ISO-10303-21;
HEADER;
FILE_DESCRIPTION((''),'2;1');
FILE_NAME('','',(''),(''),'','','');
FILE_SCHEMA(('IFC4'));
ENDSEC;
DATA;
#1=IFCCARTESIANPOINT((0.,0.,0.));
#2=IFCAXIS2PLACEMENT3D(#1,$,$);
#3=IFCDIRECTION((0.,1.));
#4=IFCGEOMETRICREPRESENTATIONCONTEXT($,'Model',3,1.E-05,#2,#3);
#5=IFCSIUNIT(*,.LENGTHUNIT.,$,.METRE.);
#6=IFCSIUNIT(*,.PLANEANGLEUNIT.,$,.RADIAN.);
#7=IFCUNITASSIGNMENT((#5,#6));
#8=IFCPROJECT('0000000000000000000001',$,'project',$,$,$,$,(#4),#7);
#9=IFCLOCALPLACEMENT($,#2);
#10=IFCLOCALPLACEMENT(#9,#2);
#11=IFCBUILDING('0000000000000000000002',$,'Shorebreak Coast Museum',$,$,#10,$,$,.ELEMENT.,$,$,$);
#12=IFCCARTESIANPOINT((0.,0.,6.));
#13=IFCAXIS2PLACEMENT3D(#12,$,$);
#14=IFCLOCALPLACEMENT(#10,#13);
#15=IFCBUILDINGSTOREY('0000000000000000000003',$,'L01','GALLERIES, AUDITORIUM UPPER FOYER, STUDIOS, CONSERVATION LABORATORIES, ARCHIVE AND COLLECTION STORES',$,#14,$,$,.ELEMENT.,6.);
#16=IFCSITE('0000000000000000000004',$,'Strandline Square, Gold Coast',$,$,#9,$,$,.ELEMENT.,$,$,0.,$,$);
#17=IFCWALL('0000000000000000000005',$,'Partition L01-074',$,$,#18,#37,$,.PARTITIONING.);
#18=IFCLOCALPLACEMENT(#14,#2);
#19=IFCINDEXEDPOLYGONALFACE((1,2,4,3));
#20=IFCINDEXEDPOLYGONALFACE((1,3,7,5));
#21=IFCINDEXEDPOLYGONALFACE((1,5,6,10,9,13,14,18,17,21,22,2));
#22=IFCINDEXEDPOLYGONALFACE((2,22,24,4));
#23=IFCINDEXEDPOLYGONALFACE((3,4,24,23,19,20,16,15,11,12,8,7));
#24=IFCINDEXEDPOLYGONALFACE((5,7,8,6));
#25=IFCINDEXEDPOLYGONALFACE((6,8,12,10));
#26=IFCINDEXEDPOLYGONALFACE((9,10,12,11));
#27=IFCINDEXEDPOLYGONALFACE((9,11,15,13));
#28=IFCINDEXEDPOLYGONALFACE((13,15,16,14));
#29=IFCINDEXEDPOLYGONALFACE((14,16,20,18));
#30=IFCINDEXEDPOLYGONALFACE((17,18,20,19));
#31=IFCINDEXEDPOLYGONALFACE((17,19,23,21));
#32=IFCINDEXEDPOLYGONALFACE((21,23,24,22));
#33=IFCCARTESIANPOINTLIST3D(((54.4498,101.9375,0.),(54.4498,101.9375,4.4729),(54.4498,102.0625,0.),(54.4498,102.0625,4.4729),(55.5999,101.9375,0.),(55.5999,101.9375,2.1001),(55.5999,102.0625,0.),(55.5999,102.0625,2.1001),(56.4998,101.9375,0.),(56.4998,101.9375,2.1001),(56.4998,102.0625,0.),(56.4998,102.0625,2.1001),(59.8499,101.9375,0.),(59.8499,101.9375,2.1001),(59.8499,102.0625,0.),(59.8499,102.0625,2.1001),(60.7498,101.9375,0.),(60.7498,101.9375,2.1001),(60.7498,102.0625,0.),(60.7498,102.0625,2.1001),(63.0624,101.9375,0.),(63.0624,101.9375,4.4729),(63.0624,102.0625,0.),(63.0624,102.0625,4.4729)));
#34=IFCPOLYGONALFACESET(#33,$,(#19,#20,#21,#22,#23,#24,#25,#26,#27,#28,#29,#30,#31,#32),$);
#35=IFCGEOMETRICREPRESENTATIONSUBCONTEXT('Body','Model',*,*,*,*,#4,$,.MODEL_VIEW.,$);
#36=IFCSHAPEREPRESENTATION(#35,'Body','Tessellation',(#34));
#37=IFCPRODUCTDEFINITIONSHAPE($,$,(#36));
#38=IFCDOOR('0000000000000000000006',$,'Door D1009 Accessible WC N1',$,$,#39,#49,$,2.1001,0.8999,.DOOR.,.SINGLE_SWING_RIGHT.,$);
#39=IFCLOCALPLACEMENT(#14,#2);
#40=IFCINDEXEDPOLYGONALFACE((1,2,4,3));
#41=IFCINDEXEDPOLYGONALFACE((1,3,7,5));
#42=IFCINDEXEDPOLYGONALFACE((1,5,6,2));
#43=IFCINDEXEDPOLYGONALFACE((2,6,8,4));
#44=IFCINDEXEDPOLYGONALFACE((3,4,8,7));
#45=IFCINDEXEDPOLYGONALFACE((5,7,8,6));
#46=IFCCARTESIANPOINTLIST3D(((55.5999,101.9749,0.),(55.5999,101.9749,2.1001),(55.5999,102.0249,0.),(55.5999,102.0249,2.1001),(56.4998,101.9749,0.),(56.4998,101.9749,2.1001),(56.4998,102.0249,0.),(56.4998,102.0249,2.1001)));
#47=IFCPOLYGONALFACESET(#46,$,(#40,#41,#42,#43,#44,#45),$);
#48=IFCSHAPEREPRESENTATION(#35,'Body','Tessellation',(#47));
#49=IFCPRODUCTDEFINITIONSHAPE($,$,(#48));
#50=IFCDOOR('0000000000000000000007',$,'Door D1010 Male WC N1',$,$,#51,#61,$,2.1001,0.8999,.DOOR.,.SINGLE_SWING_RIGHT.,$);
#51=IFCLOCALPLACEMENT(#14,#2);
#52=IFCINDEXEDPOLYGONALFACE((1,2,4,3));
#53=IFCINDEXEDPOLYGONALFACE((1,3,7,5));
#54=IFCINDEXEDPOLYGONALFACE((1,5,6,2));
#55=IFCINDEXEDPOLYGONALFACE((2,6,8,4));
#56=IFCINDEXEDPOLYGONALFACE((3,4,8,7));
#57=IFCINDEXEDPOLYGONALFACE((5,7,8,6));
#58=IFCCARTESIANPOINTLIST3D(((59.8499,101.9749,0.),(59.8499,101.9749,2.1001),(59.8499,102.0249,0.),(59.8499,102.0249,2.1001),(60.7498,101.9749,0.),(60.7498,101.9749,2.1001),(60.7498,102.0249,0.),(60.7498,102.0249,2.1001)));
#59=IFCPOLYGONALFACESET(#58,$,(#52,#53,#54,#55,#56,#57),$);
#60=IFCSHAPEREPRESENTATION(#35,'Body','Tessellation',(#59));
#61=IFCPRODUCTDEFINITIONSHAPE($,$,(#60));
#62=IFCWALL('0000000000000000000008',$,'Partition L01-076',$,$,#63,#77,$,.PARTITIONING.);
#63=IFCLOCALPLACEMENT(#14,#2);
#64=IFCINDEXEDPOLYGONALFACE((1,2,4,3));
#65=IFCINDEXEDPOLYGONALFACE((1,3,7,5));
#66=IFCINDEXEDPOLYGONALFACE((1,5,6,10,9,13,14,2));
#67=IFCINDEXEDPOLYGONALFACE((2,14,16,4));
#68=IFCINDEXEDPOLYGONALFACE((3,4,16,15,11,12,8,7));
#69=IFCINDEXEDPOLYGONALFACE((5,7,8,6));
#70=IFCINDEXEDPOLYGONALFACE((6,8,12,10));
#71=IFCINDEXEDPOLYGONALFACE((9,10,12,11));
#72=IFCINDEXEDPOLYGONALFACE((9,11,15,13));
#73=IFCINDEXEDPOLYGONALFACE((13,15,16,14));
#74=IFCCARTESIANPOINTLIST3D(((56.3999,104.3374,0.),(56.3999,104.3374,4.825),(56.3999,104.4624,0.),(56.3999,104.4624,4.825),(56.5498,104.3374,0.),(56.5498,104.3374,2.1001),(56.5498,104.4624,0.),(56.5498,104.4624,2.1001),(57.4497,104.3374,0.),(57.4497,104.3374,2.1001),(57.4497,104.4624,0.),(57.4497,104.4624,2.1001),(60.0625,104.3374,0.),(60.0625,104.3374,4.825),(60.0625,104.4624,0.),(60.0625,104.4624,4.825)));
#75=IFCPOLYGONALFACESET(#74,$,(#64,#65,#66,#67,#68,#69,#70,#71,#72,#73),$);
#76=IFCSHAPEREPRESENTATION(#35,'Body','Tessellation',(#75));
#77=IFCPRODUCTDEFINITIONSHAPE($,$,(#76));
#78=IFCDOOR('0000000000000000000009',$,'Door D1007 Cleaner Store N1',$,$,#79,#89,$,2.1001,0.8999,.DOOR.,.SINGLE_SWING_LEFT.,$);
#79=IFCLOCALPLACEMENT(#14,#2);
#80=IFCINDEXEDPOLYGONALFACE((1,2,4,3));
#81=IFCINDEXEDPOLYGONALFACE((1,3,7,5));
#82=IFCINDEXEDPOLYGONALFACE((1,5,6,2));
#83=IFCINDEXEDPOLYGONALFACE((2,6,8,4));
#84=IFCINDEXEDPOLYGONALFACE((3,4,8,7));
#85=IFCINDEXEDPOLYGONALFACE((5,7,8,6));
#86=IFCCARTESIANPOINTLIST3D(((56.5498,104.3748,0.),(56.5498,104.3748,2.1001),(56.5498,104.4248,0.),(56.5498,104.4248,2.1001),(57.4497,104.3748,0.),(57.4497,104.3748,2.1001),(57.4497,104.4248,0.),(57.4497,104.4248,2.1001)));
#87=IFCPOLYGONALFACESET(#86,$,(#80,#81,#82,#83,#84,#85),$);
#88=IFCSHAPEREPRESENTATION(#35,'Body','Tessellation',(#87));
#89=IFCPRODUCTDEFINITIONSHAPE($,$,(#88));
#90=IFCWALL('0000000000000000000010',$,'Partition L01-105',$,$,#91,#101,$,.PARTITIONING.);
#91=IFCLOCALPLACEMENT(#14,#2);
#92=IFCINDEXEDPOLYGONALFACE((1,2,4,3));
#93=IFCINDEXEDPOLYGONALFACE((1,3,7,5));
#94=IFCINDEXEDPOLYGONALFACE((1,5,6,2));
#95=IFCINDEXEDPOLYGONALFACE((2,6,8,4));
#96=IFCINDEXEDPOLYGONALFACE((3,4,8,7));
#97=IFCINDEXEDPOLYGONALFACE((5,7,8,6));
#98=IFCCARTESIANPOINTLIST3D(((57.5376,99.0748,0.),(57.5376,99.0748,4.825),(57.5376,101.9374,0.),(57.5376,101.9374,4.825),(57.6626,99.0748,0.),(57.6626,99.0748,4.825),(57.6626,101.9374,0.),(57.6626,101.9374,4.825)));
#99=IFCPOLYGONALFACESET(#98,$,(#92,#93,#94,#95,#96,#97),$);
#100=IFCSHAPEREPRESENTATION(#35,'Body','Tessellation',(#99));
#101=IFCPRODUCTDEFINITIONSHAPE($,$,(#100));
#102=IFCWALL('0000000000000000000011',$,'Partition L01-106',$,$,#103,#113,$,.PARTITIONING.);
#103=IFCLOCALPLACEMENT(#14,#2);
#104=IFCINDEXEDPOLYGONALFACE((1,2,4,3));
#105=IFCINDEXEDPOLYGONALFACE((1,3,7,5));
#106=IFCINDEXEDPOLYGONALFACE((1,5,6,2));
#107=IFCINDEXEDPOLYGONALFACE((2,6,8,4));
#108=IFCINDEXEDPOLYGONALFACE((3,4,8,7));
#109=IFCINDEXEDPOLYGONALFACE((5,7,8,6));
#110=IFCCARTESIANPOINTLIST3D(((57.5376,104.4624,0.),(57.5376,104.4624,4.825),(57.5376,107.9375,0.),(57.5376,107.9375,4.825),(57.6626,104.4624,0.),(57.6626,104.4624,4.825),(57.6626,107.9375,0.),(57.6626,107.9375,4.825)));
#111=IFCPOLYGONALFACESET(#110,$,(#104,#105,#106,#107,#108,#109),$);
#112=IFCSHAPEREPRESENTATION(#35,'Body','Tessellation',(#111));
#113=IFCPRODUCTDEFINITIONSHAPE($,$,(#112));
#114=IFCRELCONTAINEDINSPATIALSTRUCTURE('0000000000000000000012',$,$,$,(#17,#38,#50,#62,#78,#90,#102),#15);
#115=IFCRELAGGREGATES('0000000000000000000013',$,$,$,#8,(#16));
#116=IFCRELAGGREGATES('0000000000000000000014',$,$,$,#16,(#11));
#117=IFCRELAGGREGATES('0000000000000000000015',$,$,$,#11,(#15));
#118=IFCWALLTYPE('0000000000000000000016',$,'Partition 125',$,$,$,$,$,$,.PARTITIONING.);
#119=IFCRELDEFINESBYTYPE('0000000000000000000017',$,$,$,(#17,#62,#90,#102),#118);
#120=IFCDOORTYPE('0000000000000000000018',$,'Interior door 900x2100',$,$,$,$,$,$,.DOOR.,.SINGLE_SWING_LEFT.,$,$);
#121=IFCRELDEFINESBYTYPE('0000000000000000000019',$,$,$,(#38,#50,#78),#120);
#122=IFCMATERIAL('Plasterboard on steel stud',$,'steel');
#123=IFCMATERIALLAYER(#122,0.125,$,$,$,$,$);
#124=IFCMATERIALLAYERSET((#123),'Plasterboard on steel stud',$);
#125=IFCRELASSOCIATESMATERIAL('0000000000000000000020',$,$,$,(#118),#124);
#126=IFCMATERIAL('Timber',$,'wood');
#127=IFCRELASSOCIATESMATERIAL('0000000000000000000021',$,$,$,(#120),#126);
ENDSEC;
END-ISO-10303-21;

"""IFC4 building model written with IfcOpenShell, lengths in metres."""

from ifc_helpers import new_model, si_unit, direction, frame, frame_2d, origin, place, context, subcontext, project, spatial, rectangle, extrude, material, layer, layer_set, type_object, element, fill, save


model = new_model("IFC4")

# Units and contexts
model_context = context("Model", 3, precision=1e-05, world=origin(), true_north=direction((0.0, 1.0)))
body_context = subcontext(model_context, "Body", "Model", "MODEL_VIEW")
ifc_project = project(units=[si_unit("LENGTHUNIT", "METRE"), si_unit("PLANEANGLEUNIT", "RADIAN")], contexts=[model_context])

# Site, building, storey
site_placement = place(None, origin())
site = spatial("IfcSite", under=ifc_project, at=site_placement, Name="Strandline Square, Gold Coast", CompositionType="ELEMENT", RefElevation=0.0)
building_placement = place(site_placement, origin())
building = spatial("IfcBuilding", under=site, at=building_placement, Name="Shorebreak Coast Museum", CompositionType="ELEMENT")
storey_placement = place(building_placement, frame((0.0, 0.0, 6.0)))
storey = spatial("IfcBuildingStorey", under=building, at=storey_placement, Name="L01", Description="GALLERIES, AUDITORIUM UPPER FOYER, STUDIOS, CONSERVATION LABORATORIES, ARCHIVE AND COLLECTION STORES", CompositionType="ELEMENT", Elevation=6.0)

# Wall, openings, doors
ifc_material_1 = material(Name="Plasterboard on steel stud", Category="steel")
ifc_layer_1 = layer(ifc_material_1, 0.125)
ifc_layer_set_1 = layer_set([ifc_layer_1], Name="Plasterboard on steel stud")
wall_type_1 = type_object("IfcWallType", Name="Partition 125", PredefinedType="PARTITIONING", material=ifc_layer_set_1)
wall_1_placement = place(storey_placement, frame((54.45, 102.0, 0.0), z_axis=(0.0, 0.0, 1.0), x_axis=(1.0, 0.0, 0.0)))
wall_1 = element("IfcWall", 1, at=wall_1_placement, inside=storey, type_object=wall_type_1, Name="Partition L01-074", PredefinedType="PARTITIONING", context=body_context, shape_type="SweptSolid", body=[
    extrude(rectangle(XDim=8.6125, YDim=0.125, at=frame_2d((4.3062, 0.0))), origin(), (0.0, 0.0, 1.0), 4.4729),
])
opening_1_placement = place(wall_1_placement, frame((1.1499, 0.0, 0.0)))
opening_1 = element("IfcOpeningElement", 2, at=opening_1_placement, cuts=wall_1, PredefinedType="OPENING", context=body_context, shape_type="SweptSolid", body=[
    extrude(rectangle(XDim=0.8999, YDim=2.1001, at=frame_2d((0.45, 1.05))), frame((0.0, 0.0725, 0.0), z_axis=(0.0, -1.0, 0.0), x_axis=(1.0, 0.0, 0.0)), (0.0, 0.0, 1.0), 0.145),
])
opening_2_placement = place(wall_1_placement, frame((5.3999, 0.0, 0.0)))
opening_2 = element("IfcOpeningElement", 3, at=opening_2_placement, cuts=wall_1, PredefinedType="OPENING", context=body_context, shape_type="SweptSolid", body=[
    extrude(rectangle(XDim=0.8999, YDim=2.1001, at=frame_2d((0.45, 1.05))), frame((0.0, 0.0725, 0.0), z_axis=(0.0, -1.0, 0.0), x_axis=(1.0, 0.0, 0.0)), (0.0, 0.0, 1.0), 0.145),
])
ifc_material_2 = material(Name="Timber", Category="wood")
door_type = type_object("IfcDoorType", Name="Interior door 900x2100", OperationType="SINGLE_SWING_LEFT", PredefinedType="DOOR", material=ifc_material_2)
door_1_placement = place(opening_1_placement, origin())
door_1 = element("IfcDoor", 4, at=door_1_placement, inside=storey, type_object=door_type, Name="Door D1009 Accessible WC N1", OperationType="SINGLE_SWING_RIGHT", OverallHeight=2.1001, OverallWidth=0.8999, PredefinedType="DOOR", context=body_context, shape_type="SweptSolid", body=[
    extrude(rectangle(XDim=0.8999, YDim=2.1001, at=frame_2d((0.45, 1.05))), frame((0.0, 0.0249, 0.0), z_axis=(0.0, -1.0, 0.0), x_axis=(1.0, 0.0, 0.0)), (0.0, 0.0, 1.0), 0.05),
])
fill(opening_1, door_1)
door_2_placement = place(opening_2_placement, origin())
door_2 = element("IfcDoor", 5, at=door_2_placement, inside=storey, type_object=door_type, Name="Door D1010 Male WC N1", OperationType="SINGLE_SWING_RIGHT", OverallHeight=2.1001, OverallWidth=0.8999, PredefinedType="DOOR", context=body_context, shape_type="SweptSolid", body=[
    extrude(rectangle(XDim=0.8999, YDim=2.1001, at=frame_2d((0.45, 1.05))), frame((0.0, 0.0249, 0.0), z_axis=(0.0, -1.0, 0.0), x_axis=(1.0, 0.0, 0.0)), (0.0, 0.0, 1.0), 0.05),
])
fill(opening_2, door_2)

# Wall, opening, door
wall_2_placement = place(storey_placement, frame((56.3999, 104.3999, 0.0), z_axis=(0.0, 0.0, 1.0), x_axis=(1.0, 0.0, 0.0)))
wall_2 = element("IfcWall", 6, at=wall_2_placement, inside=storey, type_object=wall_type_1, Name="Partition L01-076", PredefinedType="PARTITIONING", context=body_context, shape_type="SweptSolid", body=[
    extrude(rectangle(XDim=3.6626, YDim=0.125, at=frame_2d((1.8313, 0.0))), origin(), (0.0, 0.0, 1.0), 4.825),
])
opening_3_placement = place(wall_2_placement, frame((0.1499, 0.0, 0.0)))
opening_3 = element("IfcOpeningElement", 7, at=opening_3_placement, cuts=wall_2, PredefinedType="OPENING", context=body_context, shape_type="SweptSolid", body=[
    extrude(rectangle(XDim=0.8999, YDim=2.1001, at=frame_2d((0.45, 1.05))), frame((0.0, 0.0725, 0.0), z_axis=(0.0, -1.0, 0.0), x_axis=(1.0, 0.0, 0.0)), (0.0, 0.0, 1.0), 0.145),
])
door_3_placement = place(opening_3_placement, origin())
door_3 = element("IfcDoor", 8, at=door_3_placement, inside=storey, type_object=door_type, Name="Door D1007 Cleaner Store N1", OperationType="SINGLE_SWING_LEFT", OverallHeight=2.1001, OverallWidth=0.8999, PredefinedType="DOOR", context=body_context, shape_type="SweptSolid", body=[
    extrude(rectangle(XDim=0.8999, YDim=2.1001, at=frame_2d((0.45, 1.05))), frame((0.0, 0.0249, 0.0), z_axis=(0.0, -1.0, 0.0), x_axis=(1.0, 0.0, 0.0)), (0.0, 0.0, 1.0), 0.05),
])
fill(opening_3, door_3)

# Walls
wall_3_placement = place(storey_placement, frame((57.6001, 99.075, 0.0), z_axis=(0.0, 0.0, 1.0), x_axis=(0.0, 1.0, 0.0)))
element("IfcWall", 9, at=wall_3_placement, inside=storey, type_object=wall_type_1, Name="Partition L01-105", PredefinedType="PARTITIONING", context=body_context, shape_type="SweptSolid", body=[
    extrude(rectangle(XDim=2.8625, YDim=0.125, at=frame_2d((1.4312, 0.0))), origin(), (0.0, 0.0, 1.0), 4.825),
])
wall_4_placement = place(storey_placement, frame((57.6001, 104.4624, 0.0), z_axis=(0.0, 0.0, 1.0), x_axis=(0.0, 1.0, 0.0)))
element("IfcWall", 10, at=wall_4_placement, inside=storey, type_object=wall_type_1, Name="Partition L01-106", PredefinedType="PARTITIONING", context=body_context, shape_type="SweptSolid", body=[
    extrude(rectangle(XDim=3.4751, YDim=0.125, at=frame_2d((1.7375, 0.0))), origin(), (0.0, 0.0, 1.0), 4.825),
])

save(model, "model.ifc")
